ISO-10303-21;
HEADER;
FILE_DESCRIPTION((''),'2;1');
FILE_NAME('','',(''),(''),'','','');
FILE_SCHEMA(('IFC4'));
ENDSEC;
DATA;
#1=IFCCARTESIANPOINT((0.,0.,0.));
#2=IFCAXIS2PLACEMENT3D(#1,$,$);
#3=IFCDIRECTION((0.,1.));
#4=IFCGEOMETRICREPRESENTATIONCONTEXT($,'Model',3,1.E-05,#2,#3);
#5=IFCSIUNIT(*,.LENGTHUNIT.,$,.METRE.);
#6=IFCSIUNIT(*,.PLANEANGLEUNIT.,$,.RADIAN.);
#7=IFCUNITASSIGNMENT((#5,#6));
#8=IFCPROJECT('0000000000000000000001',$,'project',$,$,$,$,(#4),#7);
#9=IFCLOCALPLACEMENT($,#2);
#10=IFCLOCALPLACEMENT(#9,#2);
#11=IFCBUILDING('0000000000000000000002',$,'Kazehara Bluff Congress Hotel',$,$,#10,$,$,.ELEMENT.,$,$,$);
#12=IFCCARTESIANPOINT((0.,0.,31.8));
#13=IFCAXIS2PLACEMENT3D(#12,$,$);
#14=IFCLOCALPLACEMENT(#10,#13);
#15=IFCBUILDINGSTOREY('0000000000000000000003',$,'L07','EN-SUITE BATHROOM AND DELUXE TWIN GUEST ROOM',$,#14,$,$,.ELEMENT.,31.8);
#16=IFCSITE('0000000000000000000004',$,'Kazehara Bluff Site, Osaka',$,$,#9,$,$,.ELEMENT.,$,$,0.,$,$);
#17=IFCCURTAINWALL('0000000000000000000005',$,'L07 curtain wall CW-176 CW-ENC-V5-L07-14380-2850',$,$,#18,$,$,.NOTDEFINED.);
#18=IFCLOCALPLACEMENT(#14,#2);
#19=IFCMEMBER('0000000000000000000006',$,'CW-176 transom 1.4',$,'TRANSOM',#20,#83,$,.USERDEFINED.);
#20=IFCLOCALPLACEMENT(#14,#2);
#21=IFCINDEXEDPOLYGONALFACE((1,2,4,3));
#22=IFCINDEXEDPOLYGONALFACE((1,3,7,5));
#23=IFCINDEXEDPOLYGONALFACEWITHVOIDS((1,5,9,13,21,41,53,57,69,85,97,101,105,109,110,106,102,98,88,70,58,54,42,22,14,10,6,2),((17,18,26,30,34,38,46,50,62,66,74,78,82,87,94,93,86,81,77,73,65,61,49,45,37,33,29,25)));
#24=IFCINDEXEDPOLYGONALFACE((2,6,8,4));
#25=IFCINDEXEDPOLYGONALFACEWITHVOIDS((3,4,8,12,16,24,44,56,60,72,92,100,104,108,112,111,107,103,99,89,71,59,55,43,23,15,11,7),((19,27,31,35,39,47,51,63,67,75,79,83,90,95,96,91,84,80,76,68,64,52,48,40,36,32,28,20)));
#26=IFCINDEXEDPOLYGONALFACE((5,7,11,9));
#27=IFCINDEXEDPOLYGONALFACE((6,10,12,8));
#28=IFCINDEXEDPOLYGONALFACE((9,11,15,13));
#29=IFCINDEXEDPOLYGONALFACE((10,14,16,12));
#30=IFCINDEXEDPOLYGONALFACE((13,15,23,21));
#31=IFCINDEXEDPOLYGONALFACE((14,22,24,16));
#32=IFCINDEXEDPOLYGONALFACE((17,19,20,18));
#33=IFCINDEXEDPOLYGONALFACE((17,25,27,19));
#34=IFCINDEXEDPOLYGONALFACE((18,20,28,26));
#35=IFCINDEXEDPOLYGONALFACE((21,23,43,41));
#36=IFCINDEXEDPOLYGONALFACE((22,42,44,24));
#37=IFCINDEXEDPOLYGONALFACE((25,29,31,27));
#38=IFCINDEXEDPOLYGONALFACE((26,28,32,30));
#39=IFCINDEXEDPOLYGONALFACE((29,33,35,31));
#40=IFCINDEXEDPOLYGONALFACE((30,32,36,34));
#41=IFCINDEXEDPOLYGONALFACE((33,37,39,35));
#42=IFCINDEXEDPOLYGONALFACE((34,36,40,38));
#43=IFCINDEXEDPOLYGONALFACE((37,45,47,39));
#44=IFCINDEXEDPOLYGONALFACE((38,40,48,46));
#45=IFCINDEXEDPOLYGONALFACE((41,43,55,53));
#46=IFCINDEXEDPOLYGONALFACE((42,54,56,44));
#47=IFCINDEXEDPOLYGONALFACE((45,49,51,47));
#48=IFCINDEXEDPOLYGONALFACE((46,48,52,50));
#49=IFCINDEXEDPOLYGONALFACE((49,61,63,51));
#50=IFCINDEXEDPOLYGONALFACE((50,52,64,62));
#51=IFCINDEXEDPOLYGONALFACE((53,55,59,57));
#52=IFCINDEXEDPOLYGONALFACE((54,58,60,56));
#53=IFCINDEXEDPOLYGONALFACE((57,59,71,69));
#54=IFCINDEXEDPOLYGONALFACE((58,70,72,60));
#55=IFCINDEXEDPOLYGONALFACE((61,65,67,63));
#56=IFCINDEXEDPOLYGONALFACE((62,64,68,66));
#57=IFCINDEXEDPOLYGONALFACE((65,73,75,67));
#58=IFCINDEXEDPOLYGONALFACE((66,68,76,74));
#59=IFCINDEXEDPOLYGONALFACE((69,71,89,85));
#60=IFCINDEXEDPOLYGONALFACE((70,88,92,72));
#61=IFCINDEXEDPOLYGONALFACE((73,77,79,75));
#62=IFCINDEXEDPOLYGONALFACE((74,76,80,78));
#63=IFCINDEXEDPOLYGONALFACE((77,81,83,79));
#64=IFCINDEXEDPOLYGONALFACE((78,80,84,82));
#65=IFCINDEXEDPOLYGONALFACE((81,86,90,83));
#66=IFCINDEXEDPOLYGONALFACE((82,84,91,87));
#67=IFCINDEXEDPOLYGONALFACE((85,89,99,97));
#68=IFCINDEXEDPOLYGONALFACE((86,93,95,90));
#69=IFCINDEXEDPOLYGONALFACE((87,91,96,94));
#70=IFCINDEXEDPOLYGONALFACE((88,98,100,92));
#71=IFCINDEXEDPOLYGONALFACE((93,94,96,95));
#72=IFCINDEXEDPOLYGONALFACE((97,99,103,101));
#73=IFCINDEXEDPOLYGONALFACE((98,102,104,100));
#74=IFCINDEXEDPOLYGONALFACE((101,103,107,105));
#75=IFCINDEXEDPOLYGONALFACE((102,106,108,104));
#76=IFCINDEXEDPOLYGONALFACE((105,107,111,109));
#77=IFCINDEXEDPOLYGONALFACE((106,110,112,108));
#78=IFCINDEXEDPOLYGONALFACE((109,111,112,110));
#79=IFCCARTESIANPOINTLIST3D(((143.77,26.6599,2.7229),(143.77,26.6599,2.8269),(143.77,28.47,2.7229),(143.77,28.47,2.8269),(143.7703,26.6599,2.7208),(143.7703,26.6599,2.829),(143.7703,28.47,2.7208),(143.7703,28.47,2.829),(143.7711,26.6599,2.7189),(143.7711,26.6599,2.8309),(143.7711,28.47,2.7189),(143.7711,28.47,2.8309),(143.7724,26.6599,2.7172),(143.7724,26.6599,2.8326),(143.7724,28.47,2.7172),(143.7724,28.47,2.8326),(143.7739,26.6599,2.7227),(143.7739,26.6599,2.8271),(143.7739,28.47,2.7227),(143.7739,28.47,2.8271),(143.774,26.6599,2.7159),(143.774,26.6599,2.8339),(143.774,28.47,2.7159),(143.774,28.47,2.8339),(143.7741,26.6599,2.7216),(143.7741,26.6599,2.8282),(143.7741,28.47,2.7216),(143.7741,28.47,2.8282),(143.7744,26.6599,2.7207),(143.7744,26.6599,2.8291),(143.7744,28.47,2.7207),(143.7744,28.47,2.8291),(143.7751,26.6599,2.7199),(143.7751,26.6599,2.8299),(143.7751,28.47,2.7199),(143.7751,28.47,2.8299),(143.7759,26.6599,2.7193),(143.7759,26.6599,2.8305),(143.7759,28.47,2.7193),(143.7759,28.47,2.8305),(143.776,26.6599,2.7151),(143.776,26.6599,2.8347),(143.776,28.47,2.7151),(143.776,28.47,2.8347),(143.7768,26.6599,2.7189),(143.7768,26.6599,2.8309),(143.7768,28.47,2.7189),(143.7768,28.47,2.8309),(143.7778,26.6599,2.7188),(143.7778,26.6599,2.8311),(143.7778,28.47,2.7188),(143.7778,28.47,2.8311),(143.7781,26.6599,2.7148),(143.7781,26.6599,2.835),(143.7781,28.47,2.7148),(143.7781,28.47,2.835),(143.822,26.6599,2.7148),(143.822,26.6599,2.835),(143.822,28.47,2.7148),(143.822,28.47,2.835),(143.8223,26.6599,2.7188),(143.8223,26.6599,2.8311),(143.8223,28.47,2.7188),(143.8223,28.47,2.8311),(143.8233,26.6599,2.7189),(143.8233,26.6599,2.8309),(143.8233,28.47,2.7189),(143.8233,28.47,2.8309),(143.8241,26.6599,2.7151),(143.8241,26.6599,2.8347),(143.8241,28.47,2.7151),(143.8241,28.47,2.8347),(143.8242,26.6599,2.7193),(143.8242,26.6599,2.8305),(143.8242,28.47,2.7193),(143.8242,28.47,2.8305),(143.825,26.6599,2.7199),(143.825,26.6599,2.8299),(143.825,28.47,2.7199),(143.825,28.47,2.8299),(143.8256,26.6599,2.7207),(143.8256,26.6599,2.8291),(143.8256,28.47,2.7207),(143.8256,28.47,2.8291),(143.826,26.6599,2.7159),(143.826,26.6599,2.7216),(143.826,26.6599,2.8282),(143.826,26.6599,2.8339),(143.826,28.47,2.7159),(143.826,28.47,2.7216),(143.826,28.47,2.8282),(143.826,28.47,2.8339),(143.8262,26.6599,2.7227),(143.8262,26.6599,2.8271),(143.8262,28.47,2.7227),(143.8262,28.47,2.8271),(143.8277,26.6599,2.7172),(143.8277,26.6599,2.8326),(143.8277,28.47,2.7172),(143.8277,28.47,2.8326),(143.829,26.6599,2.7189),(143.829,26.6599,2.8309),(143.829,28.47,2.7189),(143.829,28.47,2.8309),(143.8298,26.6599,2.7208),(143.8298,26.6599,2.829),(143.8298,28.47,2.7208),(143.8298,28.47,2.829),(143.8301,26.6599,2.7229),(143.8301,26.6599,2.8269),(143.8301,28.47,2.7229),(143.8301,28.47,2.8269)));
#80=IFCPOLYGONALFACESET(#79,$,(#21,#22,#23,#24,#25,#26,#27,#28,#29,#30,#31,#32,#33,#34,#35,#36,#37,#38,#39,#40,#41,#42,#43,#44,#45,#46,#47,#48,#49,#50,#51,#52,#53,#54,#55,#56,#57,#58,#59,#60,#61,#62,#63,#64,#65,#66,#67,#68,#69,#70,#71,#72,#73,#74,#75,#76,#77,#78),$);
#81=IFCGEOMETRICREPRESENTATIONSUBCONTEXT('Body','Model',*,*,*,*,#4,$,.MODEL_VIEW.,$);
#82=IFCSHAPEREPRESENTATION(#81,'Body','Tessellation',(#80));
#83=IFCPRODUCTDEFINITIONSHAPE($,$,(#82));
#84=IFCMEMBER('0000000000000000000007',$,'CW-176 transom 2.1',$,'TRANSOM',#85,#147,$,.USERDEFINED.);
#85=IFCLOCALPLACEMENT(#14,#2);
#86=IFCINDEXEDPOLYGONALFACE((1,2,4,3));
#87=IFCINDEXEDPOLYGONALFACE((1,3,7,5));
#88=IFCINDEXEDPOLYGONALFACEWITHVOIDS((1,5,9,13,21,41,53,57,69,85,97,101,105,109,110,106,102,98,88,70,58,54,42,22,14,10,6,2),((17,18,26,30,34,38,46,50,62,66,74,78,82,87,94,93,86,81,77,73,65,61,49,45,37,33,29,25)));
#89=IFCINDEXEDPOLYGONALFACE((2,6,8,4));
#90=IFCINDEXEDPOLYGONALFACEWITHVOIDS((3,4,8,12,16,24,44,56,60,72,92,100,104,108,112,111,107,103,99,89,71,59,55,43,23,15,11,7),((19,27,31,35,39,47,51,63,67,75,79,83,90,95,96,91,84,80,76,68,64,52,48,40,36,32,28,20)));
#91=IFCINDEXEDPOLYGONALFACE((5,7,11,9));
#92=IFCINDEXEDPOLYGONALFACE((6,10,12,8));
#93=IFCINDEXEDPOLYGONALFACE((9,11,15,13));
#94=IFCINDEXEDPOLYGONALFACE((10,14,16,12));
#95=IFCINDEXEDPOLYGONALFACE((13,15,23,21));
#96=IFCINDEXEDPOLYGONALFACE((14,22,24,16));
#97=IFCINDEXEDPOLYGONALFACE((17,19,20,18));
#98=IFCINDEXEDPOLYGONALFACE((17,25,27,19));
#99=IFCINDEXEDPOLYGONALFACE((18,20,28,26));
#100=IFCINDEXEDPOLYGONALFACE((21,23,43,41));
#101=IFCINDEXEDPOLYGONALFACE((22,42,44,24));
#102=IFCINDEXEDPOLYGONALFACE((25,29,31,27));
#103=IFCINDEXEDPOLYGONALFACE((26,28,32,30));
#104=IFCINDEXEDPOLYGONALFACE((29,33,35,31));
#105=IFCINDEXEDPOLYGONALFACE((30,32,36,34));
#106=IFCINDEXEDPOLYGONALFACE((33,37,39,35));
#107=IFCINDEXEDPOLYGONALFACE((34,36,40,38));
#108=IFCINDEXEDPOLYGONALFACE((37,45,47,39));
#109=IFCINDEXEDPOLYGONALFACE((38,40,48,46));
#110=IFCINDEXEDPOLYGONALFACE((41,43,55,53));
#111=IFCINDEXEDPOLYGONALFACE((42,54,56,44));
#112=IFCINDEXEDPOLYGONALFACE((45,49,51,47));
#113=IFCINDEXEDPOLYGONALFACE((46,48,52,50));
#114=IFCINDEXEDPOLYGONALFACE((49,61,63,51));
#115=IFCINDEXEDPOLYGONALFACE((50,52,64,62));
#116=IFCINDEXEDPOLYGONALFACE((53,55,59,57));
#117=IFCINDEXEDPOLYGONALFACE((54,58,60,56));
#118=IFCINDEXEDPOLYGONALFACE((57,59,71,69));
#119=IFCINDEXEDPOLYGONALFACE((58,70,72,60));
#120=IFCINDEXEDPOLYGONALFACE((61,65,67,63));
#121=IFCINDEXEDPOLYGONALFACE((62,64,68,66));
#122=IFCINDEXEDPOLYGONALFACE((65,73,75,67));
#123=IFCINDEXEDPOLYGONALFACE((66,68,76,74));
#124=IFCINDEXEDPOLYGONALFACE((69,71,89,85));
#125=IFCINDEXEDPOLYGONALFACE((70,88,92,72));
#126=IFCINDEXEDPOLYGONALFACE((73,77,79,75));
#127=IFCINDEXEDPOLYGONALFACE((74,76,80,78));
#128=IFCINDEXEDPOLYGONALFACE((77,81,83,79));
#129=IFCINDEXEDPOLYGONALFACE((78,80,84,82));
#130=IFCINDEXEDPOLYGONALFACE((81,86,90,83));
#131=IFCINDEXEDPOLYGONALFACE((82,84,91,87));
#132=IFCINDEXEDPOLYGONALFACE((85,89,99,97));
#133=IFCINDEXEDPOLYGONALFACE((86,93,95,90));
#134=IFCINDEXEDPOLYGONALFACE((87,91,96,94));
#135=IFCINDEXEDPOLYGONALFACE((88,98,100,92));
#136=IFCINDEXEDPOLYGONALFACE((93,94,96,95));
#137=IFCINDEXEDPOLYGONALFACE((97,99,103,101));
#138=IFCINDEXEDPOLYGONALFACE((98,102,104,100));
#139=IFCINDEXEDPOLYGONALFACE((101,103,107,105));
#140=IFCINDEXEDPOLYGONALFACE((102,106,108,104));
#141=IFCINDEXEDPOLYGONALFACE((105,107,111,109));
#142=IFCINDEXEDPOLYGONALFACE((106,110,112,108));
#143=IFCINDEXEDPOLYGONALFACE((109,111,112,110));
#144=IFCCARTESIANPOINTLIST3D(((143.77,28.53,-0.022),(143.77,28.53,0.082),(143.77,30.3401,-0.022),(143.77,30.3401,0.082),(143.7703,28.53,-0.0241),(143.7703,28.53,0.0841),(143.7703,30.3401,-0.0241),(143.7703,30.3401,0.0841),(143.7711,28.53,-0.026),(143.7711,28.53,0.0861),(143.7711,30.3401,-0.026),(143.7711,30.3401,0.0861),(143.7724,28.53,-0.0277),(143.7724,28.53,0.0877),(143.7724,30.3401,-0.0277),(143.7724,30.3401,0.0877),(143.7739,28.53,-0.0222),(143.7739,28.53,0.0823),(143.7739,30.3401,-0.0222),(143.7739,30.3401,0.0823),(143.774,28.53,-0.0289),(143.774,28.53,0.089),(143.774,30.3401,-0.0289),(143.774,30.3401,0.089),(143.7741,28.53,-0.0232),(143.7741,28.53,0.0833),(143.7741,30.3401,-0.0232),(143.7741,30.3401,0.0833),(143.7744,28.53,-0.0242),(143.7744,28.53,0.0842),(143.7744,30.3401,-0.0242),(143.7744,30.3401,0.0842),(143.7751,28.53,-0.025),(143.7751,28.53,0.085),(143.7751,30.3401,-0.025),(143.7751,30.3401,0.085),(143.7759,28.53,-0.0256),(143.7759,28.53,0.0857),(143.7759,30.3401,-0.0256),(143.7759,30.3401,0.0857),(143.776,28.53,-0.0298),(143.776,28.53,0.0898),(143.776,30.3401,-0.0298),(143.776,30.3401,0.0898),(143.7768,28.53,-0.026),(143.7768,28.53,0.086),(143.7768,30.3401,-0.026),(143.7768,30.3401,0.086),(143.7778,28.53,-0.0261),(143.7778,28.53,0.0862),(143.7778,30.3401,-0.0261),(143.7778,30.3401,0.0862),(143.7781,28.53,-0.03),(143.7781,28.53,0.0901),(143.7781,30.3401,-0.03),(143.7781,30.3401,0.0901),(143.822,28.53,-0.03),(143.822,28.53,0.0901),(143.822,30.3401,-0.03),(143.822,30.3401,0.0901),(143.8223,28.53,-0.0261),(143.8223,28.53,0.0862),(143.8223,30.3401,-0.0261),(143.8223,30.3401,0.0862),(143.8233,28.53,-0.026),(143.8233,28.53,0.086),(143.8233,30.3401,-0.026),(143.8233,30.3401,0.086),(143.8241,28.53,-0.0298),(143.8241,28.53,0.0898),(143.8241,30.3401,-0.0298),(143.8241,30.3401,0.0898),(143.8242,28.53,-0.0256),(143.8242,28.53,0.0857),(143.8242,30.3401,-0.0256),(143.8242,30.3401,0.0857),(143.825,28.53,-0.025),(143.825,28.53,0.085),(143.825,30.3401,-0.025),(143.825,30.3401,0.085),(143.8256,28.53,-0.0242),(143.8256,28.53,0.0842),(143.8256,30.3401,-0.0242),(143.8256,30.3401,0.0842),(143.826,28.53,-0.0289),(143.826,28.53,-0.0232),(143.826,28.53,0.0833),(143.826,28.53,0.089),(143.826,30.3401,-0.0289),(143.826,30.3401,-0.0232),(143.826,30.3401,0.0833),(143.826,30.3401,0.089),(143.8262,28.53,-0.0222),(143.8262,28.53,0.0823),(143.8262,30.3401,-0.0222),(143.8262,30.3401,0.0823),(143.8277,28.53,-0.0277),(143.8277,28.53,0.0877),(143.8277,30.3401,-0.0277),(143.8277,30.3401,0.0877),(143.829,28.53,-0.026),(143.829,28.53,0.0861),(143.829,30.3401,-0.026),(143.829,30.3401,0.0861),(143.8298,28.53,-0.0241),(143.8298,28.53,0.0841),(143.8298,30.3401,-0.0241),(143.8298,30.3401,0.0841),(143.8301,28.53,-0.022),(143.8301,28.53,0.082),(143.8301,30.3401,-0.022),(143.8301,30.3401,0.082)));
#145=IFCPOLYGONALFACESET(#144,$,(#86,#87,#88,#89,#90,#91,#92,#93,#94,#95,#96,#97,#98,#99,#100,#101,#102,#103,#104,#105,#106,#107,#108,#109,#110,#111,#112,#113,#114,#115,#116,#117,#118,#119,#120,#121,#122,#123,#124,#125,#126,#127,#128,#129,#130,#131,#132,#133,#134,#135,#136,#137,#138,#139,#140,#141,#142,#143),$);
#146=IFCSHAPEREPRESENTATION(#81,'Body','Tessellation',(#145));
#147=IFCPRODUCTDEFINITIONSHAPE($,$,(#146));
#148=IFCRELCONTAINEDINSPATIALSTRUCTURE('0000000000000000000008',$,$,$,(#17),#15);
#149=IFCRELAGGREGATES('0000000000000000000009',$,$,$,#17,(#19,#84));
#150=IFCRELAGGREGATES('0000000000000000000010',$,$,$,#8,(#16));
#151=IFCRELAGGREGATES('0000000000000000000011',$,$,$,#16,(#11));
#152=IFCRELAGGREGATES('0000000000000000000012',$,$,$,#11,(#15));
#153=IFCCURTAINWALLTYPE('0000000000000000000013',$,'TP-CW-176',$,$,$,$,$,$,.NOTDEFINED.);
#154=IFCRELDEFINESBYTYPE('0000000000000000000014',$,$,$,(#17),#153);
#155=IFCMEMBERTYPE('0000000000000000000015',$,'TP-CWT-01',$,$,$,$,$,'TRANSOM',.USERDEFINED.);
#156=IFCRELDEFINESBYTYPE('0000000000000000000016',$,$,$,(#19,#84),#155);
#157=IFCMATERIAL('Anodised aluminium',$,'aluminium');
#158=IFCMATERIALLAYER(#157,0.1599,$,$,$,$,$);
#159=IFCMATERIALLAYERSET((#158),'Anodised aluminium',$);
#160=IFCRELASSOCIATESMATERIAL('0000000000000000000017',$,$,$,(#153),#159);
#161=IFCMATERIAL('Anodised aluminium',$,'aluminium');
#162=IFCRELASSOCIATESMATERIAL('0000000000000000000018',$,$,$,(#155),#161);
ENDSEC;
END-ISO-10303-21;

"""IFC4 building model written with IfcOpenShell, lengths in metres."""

from ifc_helpers import new_model, si_unit, direction, frame, origin, origin_2d, place, context, subcontext, project, spatial, hollow_rectangle, extrude, material, layer, layer_set, material_profile, profile_set, type_object, element, aggregate, save


model = new_model("IFC4")

# Units and contexts
model_context = context("Model", 3, precision=1e-05, world=origin(), true_north=direction((0.0, 1.0)))
body_context = subcontext(model_context, "Body", "Model", "MODEL_VIEW")
ifc_project = project(units=[si_unit("LENGTHUNIT", "METRE"), si_unit("PLANEANGLEUNIT", "RADIAN")], contexts=[model_context])

# Site, building, storey
site_placement = place(None, origin())
site = spatial("IfcSite", under=ifc_project, at=site_placement, Name="Kazehara Bluff Site, Osaka", CompositionType="ELEMENT", RefElevation=0.0)
building_placement = place(site_placement, origin())
building = spatial("IfcBuilding", under=site, at=building_placement, Name="Kazehara Bluff Congress Hotel", CompositionType="ELEMENT")
storey_placement = place(building_placement, frame((0.0, 0.0, 31.8)))
storey = spatial("IfcBuildingStorey", under=building, at=storey_placement, Name="L07", Description="EN-SUITE BATHROOM AND DELUXE TWIN GUEST ROOM", CompositionType="ELEMENT", Elevation=31.8)

# Curtain wall
ifc_material_1 = material(Name="Anodised aluminium", Category="aluminium")
ifc_layer_1 = layer(ifc_material_1, 0.1599)
ifc_layer_set_1 = layer_set([ifc_layer_1], Name="Anodised aluminium")
curtain_wall_type_1 = type_object("IfcCurtainWallType", Name="TP-CW-176", PredefinedType="NOTDEFINED", material=ifc_layer_set_1)
curtain_wall_1_placement = place(storey_placement, origin())
curtain_wall_1 = element("IfcCurtainWall", 1, at=curtain_wall_1_placement, inside=storey, type_object=curtain_wall_type_1, Name="L07 curtain wall CW-176 CW-ENC-V5-L07-14380-2850", PredefinedType="NOTDEFINED")

# Members
ifc_material_2 = material(Name="Anodised aluminium", Category="aluminium")
ifc_material_profile_1 = material_profile(ifc_material_2, hollow_rectangle(XDim=0.0601, YDim=0.1201, WallThickness=0.0039, InnerFilletRadius=0.0039, OuterFilletRadius=0.0081, at=origin_2d()))
ifc_profile_set_1 = profile_set([ifc_material_profile_1], Name="Anodised aluminium")
member_type_1 = type_object("IfcMemberType", Name="TP-CWT-01", ElementType="TRANSOM", PredefinedType="USERDEFINED", material=ifc_profile_set_1)
member_1_placement = place(storey_placement, frame((143.8, 26.6599, 2.7749), z_axis=(0.0, 1.0, 0.0), x_axis=(-1.0, 0.0, 0.0)))
member_1 = element("IfcMember", 2, at=member_1_placement, type_object=member_type_1, Name="CW-176 transom 1.4", ObjectType="TRANSOM", PredefinedType="USERDEFINED", context=body_context, shape_type="SweptSolid", body=[
    extrude(hollow_rectangle(XDim=0.0601, YDim=0.1201, WallThickness=0.0039, InnerFilletRadius=0.0039, OuterFilletRadius=0.0081, at=origin_2d()), origin(), (0.0, 0.0, 1.0), 1.8101),
])
member_2_placement = place(storey_placement, frame((143.8, 28.53, 0.03), z_axis=(0.0, 1.0, 0.0), x_axis=(-1.0, 0.0, 0.0)))
member_2 = element("IfcMember", 3, at=member_2_placement, type_object=member_type_1, Name="CW-176 transom 2.1", ObjectType="TRANSOM", PredefinedType="USERDEFINED", context=body_context, shape_type="SweptSolid", body=[
    extrude(hollow_rectangle(XDim=0.0601, YDim=0.1201, WallThickness=0.0039, InnerFilletRadius=0.0039, OuterFilletRadius=0.0081, at=origin_2d()), origin(), (0.0, 0.0, 1.0), 1.8101),
])

aggregate(curtain_wall_1, [member_1, member_2])

save(model, "model.ifc")
